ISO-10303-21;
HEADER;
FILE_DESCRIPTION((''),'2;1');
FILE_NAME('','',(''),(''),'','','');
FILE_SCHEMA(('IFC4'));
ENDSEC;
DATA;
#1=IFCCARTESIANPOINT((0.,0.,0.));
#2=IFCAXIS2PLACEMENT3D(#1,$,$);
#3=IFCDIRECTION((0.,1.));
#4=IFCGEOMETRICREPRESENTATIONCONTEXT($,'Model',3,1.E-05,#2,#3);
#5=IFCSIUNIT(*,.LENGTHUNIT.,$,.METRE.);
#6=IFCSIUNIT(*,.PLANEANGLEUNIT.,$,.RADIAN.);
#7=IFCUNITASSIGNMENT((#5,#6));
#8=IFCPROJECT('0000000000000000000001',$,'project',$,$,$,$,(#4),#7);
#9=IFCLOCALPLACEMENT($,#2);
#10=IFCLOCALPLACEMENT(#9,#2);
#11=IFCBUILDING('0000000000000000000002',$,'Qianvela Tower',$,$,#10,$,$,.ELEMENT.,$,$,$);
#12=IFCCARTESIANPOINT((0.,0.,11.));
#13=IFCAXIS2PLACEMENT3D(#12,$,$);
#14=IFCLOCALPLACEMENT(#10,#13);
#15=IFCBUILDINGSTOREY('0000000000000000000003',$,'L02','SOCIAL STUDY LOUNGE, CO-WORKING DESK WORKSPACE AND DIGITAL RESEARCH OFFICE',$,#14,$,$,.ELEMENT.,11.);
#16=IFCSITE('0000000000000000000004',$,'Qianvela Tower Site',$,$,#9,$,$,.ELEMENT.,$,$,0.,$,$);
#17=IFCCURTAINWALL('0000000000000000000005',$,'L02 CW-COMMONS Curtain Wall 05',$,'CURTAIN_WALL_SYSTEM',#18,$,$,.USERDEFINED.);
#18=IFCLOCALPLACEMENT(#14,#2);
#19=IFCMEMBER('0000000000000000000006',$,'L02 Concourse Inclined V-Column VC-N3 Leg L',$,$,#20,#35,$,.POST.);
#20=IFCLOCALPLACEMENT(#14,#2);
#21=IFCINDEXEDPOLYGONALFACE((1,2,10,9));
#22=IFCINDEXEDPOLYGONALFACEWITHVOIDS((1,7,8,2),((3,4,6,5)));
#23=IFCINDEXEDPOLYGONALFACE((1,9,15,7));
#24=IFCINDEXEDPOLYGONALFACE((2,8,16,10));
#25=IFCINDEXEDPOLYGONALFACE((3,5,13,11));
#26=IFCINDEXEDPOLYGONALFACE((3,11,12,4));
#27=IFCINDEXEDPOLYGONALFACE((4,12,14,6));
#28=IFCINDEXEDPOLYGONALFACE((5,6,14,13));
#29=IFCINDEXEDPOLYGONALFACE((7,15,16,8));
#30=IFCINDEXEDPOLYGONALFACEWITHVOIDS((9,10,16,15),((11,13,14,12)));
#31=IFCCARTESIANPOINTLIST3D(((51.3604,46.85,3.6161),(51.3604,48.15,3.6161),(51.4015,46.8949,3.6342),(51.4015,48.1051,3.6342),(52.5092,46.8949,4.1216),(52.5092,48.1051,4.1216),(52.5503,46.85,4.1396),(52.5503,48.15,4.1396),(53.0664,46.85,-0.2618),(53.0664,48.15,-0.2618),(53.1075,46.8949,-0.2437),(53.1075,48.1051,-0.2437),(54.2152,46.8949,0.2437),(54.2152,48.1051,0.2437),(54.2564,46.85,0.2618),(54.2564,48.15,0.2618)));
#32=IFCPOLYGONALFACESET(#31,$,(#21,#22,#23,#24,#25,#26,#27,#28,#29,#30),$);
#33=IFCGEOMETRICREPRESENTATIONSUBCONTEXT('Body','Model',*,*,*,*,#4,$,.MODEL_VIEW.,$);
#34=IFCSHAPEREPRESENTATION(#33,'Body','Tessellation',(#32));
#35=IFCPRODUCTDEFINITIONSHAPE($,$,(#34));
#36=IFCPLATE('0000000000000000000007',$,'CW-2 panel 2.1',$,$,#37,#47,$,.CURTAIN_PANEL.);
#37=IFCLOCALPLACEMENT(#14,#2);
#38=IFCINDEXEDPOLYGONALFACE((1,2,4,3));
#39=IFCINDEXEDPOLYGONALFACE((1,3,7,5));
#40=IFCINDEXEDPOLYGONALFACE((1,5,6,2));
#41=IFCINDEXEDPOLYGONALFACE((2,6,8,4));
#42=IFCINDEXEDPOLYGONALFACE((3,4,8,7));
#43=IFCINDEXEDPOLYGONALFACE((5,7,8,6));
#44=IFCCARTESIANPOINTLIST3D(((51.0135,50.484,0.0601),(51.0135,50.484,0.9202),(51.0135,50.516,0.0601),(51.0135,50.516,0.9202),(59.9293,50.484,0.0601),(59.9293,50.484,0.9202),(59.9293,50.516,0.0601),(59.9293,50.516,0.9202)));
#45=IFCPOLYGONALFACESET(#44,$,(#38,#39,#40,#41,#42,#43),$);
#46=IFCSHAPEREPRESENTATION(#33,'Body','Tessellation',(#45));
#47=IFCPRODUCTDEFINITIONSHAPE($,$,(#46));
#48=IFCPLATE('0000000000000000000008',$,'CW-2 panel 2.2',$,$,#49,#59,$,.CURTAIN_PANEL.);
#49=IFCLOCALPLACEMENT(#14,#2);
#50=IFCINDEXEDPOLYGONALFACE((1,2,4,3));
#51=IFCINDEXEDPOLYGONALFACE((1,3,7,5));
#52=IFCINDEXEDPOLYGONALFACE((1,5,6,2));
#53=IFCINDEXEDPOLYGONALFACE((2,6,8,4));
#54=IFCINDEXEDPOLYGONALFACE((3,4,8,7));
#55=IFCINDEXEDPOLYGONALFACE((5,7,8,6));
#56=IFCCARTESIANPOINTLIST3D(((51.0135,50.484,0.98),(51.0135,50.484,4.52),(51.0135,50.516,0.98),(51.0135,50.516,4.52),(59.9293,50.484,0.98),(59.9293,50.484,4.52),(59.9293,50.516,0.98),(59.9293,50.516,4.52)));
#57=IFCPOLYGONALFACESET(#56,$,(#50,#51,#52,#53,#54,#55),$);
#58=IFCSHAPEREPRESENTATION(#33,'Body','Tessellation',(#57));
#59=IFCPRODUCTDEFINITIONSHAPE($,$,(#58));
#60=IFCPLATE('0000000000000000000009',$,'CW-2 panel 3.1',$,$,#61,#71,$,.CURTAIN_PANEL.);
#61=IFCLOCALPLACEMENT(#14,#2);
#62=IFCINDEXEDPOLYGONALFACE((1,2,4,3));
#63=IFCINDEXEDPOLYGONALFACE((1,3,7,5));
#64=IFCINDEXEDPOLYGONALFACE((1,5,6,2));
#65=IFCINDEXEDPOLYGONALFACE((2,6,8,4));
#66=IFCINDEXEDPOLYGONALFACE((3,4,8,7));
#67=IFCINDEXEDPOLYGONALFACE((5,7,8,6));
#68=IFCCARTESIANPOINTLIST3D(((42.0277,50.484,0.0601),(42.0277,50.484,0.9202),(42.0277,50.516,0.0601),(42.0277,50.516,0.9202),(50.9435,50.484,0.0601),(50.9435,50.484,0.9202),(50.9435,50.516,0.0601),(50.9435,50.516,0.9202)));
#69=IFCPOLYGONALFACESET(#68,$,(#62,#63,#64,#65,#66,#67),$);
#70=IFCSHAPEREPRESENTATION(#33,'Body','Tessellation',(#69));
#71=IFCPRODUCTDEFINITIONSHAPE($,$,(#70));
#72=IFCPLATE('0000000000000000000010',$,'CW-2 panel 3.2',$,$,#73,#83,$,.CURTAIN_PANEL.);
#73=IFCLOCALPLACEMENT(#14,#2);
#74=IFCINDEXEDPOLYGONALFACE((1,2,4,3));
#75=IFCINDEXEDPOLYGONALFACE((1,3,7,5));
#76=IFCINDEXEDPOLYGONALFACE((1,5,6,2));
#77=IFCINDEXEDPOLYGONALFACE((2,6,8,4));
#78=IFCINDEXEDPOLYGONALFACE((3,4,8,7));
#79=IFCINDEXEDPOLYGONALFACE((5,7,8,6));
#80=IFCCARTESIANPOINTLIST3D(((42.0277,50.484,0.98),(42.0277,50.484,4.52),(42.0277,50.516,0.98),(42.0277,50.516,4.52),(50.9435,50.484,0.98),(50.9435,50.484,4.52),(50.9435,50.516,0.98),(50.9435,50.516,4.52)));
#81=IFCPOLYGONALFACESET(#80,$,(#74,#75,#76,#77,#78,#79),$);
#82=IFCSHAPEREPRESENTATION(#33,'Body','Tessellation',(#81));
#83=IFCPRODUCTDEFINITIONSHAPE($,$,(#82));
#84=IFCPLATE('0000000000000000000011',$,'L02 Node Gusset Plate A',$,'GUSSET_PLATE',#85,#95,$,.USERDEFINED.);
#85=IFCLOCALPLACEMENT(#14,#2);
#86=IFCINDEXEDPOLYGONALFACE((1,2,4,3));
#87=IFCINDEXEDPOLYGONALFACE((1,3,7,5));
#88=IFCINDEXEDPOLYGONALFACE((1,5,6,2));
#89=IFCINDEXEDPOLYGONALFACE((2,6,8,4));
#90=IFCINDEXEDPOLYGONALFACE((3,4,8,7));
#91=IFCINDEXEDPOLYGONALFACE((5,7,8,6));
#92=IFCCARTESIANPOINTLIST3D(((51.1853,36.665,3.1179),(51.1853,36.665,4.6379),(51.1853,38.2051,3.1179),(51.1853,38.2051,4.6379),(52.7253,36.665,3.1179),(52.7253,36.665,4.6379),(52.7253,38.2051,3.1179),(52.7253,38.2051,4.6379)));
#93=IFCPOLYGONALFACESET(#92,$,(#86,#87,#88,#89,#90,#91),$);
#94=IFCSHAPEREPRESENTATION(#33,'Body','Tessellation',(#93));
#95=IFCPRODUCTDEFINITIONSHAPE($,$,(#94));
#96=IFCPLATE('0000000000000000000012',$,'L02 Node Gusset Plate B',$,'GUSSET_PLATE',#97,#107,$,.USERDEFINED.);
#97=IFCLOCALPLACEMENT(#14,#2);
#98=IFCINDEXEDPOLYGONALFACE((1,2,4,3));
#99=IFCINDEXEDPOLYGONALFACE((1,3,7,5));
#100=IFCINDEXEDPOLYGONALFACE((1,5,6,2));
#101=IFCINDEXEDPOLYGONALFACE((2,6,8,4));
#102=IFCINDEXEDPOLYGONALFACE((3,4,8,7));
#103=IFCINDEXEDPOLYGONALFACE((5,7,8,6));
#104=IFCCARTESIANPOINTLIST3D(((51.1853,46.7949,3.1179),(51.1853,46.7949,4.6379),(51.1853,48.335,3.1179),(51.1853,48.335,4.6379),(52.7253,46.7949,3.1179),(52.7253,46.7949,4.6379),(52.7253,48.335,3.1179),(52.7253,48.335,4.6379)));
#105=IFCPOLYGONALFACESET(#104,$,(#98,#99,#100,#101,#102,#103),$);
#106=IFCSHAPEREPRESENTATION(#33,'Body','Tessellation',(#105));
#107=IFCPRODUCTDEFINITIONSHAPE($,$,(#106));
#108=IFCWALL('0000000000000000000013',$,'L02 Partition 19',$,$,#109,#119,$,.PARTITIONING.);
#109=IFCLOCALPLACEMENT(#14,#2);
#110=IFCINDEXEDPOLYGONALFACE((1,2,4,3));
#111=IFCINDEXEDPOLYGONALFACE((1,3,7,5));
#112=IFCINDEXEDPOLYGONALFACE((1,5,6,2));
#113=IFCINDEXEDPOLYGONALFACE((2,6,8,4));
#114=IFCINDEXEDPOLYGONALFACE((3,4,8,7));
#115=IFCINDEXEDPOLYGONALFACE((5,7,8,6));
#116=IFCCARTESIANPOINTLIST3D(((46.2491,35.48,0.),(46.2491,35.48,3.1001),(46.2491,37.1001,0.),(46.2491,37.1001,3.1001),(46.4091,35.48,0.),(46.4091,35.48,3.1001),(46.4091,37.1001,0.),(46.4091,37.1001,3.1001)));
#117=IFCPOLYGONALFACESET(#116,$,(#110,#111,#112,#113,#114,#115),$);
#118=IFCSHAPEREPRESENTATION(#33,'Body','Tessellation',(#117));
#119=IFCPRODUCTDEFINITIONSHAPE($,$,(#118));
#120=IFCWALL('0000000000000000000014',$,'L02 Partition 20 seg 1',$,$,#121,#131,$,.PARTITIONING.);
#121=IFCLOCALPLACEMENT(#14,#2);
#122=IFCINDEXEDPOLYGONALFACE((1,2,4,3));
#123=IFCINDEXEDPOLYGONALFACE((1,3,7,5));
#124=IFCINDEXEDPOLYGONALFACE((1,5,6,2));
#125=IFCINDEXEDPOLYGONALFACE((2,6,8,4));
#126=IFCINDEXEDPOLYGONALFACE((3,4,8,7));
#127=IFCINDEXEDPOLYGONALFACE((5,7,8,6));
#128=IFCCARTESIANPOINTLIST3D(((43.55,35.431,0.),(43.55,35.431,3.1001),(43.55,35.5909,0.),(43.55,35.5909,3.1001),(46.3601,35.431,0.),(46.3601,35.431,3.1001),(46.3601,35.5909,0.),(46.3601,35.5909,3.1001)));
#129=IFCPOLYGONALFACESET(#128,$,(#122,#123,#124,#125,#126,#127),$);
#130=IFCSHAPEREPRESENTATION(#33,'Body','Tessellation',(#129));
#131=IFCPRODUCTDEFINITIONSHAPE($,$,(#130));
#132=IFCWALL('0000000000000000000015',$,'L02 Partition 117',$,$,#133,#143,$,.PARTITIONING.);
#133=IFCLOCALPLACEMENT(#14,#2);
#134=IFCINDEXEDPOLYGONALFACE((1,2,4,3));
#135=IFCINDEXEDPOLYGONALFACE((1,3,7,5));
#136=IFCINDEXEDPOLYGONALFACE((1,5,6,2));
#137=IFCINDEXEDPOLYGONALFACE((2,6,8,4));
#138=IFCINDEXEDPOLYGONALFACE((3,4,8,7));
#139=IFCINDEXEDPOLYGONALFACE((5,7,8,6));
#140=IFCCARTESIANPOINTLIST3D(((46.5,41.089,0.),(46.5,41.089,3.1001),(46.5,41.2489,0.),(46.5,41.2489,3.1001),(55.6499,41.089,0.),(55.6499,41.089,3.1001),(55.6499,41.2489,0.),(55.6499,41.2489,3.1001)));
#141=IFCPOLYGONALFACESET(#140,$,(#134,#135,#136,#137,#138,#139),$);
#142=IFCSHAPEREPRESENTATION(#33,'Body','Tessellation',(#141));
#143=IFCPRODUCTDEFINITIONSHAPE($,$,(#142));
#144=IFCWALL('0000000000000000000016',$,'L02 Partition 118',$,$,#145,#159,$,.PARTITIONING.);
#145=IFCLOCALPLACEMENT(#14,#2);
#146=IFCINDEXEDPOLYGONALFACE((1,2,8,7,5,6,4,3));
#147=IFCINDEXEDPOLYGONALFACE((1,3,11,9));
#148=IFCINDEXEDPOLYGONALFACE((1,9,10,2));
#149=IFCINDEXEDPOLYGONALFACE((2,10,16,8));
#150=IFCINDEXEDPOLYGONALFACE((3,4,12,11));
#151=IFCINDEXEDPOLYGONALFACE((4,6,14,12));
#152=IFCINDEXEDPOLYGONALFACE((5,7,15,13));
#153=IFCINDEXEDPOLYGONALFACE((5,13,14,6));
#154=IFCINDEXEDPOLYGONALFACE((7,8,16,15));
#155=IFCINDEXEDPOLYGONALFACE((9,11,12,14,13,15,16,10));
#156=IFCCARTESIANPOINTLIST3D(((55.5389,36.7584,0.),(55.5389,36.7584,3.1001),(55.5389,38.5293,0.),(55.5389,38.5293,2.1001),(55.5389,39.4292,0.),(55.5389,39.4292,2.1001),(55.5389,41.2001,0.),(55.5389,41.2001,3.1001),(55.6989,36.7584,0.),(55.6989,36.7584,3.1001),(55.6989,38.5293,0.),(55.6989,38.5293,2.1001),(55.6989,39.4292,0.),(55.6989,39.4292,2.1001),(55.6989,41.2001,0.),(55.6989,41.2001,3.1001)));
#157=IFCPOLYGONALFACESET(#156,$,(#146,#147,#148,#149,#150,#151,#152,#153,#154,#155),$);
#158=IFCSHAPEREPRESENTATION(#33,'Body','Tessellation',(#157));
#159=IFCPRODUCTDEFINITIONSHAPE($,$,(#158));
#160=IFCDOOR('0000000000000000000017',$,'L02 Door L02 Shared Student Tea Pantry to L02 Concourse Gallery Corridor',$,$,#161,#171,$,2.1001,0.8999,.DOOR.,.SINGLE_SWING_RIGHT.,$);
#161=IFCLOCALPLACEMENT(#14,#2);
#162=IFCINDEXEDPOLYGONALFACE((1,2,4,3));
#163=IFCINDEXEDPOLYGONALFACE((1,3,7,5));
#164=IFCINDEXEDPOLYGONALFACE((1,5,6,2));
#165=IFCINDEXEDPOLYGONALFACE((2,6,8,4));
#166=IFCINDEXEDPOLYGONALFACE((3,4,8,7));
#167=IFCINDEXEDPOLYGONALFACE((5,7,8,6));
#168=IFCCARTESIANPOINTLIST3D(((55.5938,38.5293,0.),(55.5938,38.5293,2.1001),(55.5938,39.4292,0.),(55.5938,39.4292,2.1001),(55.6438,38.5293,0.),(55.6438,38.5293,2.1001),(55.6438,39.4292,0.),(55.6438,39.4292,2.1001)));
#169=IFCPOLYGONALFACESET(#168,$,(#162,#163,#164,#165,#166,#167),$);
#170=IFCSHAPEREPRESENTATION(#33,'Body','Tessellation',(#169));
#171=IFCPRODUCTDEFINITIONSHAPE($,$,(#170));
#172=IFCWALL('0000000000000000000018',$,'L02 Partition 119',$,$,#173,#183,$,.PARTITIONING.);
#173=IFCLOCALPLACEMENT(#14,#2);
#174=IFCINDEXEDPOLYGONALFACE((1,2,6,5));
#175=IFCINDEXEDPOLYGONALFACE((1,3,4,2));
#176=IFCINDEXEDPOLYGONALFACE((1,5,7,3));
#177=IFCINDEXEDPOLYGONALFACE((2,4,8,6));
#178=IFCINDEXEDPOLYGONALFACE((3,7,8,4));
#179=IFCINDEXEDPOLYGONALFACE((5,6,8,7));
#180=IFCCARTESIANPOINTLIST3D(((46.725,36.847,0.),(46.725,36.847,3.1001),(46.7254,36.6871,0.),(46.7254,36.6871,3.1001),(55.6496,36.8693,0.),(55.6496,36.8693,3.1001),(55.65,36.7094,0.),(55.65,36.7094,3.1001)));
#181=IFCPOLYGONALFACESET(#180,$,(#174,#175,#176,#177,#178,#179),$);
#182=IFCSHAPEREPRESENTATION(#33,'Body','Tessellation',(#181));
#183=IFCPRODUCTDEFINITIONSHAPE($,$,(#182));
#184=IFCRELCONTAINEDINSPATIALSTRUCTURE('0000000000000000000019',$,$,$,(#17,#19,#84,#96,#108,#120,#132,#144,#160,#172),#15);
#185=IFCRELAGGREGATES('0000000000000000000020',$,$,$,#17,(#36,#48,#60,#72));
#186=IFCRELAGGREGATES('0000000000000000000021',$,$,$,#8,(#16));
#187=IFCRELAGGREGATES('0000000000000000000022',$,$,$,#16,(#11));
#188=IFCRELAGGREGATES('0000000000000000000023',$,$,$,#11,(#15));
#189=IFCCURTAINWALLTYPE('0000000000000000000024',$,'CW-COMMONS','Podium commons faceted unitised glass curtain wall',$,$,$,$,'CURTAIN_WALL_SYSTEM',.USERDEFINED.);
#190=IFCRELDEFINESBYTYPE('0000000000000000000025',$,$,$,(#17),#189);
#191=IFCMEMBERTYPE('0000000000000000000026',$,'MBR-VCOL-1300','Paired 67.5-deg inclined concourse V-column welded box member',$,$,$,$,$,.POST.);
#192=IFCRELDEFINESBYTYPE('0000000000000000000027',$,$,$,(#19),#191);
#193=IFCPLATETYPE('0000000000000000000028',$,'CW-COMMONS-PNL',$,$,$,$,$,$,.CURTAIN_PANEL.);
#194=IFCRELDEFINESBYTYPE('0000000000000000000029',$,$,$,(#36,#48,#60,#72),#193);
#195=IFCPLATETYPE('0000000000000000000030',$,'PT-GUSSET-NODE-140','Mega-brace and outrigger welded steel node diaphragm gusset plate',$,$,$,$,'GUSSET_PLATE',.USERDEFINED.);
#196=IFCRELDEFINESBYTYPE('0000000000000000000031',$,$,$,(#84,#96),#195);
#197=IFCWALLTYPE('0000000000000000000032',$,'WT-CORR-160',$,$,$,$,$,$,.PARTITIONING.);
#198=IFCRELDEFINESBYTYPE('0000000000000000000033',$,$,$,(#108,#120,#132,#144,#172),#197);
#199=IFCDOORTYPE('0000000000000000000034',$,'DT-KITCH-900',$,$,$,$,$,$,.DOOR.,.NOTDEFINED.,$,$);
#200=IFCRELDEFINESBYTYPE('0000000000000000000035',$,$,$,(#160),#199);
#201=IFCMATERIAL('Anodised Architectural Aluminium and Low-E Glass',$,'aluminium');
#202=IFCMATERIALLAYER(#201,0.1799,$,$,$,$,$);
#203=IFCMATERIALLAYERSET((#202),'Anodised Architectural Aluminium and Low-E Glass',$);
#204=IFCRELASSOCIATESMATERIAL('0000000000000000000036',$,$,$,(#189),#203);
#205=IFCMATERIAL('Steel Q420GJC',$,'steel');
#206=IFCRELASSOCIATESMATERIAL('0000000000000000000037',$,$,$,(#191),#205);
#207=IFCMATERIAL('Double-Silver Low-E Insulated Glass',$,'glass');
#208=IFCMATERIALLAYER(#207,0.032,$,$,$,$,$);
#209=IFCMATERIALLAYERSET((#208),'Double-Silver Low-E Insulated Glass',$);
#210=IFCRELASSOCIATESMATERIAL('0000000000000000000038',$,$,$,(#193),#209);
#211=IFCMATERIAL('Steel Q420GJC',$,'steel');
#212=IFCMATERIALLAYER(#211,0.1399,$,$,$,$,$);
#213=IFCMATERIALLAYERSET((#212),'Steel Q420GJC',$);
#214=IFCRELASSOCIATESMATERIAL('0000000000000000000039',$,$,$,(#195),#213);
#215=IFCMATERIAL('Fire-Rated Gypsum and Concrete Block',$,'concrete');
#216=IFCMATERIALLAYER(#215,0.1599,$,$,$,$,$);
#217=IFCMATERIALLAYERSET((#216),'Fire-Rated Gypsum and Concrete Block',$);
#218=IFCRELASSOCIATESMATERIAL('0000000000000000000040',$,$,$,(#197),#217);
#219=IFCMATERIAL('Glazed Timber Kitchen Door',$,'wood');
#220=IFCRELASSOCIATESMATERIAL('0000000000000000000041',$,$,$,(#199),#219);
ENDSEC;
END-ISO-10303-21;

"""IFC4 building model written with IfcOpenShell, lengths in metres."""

from ifc_helpers import new_model, si_unit, direction, frame, frame_2d, origin, origin_2d, place, context, subcontext, project, spatial, rectangle, hollow_rectangle, extrude, material, layer, layer_set, material_profile, profile_set, type_object, element, fill, aggregate, save


model = new_model("IFC4")

# Units and contexts
model_context = context("Model", 3, precision=1e-05, world=origin(), true_north=direction((0.0, 1.0)))
body_context = subcontext(model_context, "Body", "Model", "MODEL_VIEW")
ifc_project = project(units=[si_unit("LENGTHUNIT", "METRE"), si_unit("PLANEANGLEUNIT", "RADIAN")], contexts=[model_context])

# Site, building, storey
site_placement = place(None, origin())
site = spatial("IfcSite", under=ifc_project, at=site_placement, Name="Qianvela Tower Site", CompositionType="ELEMENT", RefElevation=0.0)
building_placement = place(site_placement, origin())
building = spatial("IfcBuilding", under=site, at=building_placement, Name="Qianvela Tower", CompositionType="ELEMENT")
storey_placement = place(building_placement, frame((0.0, 0.0, 11.0)))
storey = spatial("IfcBuildingStorey", under=building, at=storey_placement, Name="L02", Description="SOCIAL STUDY LOUNGE, CO-WORKING DESK WORKSPACE AND DIGITAL RESEARCH OFFICE", CompositionType="ELEMENT", Elevation=11.0)

# Curtain wall
ifc_material_1 = material(Name="Anodised Architectural Aluminium and Low-E Glass", Category="aluminium")
ifc_layer_1 = layer(ifc_material_1, 0.1799)
ifc_layer_set_1 = layer_set([ifc_layer_1], Name="Anodised Architectural Aluminium and Low-E Glass")
curtain_wall_type = type_object("IfcCurtainWallType", Name="CW-COMMONS", Description="Podium commons faceted unitised glass curtain wall", ElementType="CURTAIN_WALL_SYSTEM", PredefinedType="USERDEFINED", material=ifc_layer_set_1)
curtain_wall_placement = place(storey_placement, origin())
curtain_wall = element("IfcCurtainWall", 1, at=curtain_wall_placement, inside=storey, type_object=curtain_wall_type, Name="L02 CW-COMMONS Curtain Wall 05", ObjectType="CURTAIN_WALL_SYSTEM", PredefinedType="USERDEFINED")

# Member
ifc_material_2 = material(Name="Steel Q420GJC", Category="steel")
ifc_material_profile_1 = material_profile(ifc_material_2, hollow_rectangle(XDim=1.3, YDim=1.3, WallThickness=0.0449, at=origin_2d()), Name="VBOX-1300x1300x45")
ifc_profile_set_1 = profile_set([ifc_material_profile_1], Name="Steel Q420GJC")
member_type_1 = type_object("IfcMemberType", Name="MBR-VCOL-1300", Description="Paired 67.5-deg inclined concourse V-column welded box member", PredefinedType="POST", material=ifc_profile_set_1)
member_1_placement = place(storey_placement, frame((53.6614, 47.5, 0.0), z_axis=(-0.402692, 0.0, 0.915335), x_axis=(0.0, -1.0, 0.0)))
element("IfcMember", 2, at=member_1_placement, inside=storey, type_object=member_type_1, Name="L02 Concourse Inclined V-Column VC-N3 Leg L", PredefinedType="POST", context=body_context, shape_type="SweptSolid", body=[
    extrude(hollow_rectangle(XDim=1.3, YDim=1.3, WallThickness=0.0449, at=origin_2d()), origin(), (0.0, 0.0, 1.0), 4.2366),
])

# Plates
ifc_material_3 = material(Name="Double-Silver Low-E Insulated Glass", Category="glass")
ifc_layer_2 = layer(ifc_material_3, 0.032)
ifc_layer_set_2 = layer_set([ifc_layer_2], Name="Double-Silver Low-E Insulated Glass")
plate_type_1 = type_object("IfcPlateType", Name="CW-COMMONS-PNL", PredefinedType="CURTAIN_PANEL", material=ifc_layer_set_2)
plate_1_placement = place(storey_placement, frame((55.4714, 50.5, 0.0601), z_axis=(0.0, 0.0, 1.0), x_axis=(-1.0, 0.0, 0.0)))
plate_1 = element("IfcPlate", 3, at=plate_1_placement, type_object=plate_type_1, Name="CW-2 panel 2.1", PredefinedType="CURTAIN_PANEL", context=body_context, shape_type="SweptSolid", body=[
    extrude(rectangle(XDim=8.9158, YDim=0.032, at=origin_2d()), origin(), (0.0, 0.0, 1.0), 0.8601),
])
plate_2_placement = place(storey_placement, frame((55.4714, 50.5, 0.98), z_axis=(0.0, 0.0, 1.0), x_axis=(-1.0, 0.0, 0.0)))
plate_2 = element("IfcPlate", 4, at=plate_2_placement, type_object=plate_type_1, Name="CW-2 panel 2.2", PredefinedType="CURTAIN_PANEL", context=body_context, shape_type="SweptSolid", body=[
    extrude(rectangle(XDim=8.9158, YDim=0.032, at=origin_2d()), origin(), (0.0, 0.0, 1.0), 3.54),
])
plate_3_placement = place(storey_placement, frame((46.4856, 50.5, 0.0601), z_axis=(0.0, 0.0, 1.0), x_axis=(-1.0, 0.0, 0.0)))
plate_3 = element("IfcPlate", 5, at=plate_3_placement, type_object=plate_type_1, Name="CW-2 panel 3.1", PredefinedType="CURTAIN_PANEL", context=body_context, shape_type="SweptSolid", body=[
    extrude(rectangle(XDim=8.9158, YDim=0.032, at=origin_2d()), origin(), (0.0, 0.0, 1.0), 0.8601),
])
plate_4_placement = place(storey_placement, frame((46.4856, 50.5, 0.98), z_axis=(0.0, 0.0, 1.0), x_axis=(-1.0, 0.0, 0.0)))
plate_4 = element("IfcPlate", 6, at=plate_4_placement, type_object=plate_type_1, Name="CW-2 panel 3.2", PredefinedType="CURTAIN_PANEL", context=body_context, shape_type="SweptSolid", body=[
    extrude(rectangle(XDim=8.9158, YDim=0.032, at=origin_2d()), origin(), (0.0, 0.0, 1.0), 3.54),
])
aggregate(curtain_wall, [plate_1, plate_2, plate_3, plate_4])

# Plates
ifc_material_4 = material(Name="Steel Q420GJC", Category="steel")
ifc_layer_3 = layer(ifc_material_4, 0.1399)
ifc_layer_set_3 = layer_set([ifc_layer_3], Name="Steel Q420GJC")
plate_type_2 = type_object("IfcPlateType", Name="PT-GUSSET-NODE-140", Description="Mega-brace and outrigger welded steel node diaphragm gusset plate", ElementType="GUSSET_PLATE", PredefinedType="USERDEFINED", material=ifc_layer_set_3)
for number, where, z_axis, x_axis, name in (
    (7, (51.9553, 37.4351, 3.1179), (0.0, 0.0, 1.0), (1.0, 0.0, 0.0), "L02 Node Gusset Plate A"),
    (8, (51.9553, 47.5649, 3.1179), (0.0, 0.0, 1.0), (1.0, 0.0, 0.0), "L02 Node Gusset Plate B"),
):
    element("IfcPlate", number, at=place(storey_placement, frame(where, z_axis=z_axis, x_axis=x_axis)), inside=storey, type_object=plate_type_2, Name=name, ObjectType="GUSSET_PLATE", PredefinedType="USERDEFINED", context=body_context, shape_type="SweptSolid", body=[
        extrude(rectangle(XDim=1.54, YDim=1.54, at=origin_2d()), origin(), (0.0, 0.0, 1.0), 1.52),
    ])

# Walls
ifc_material_5 = material(Name="Fire-Rated Gypsum and Concrete Block", Category="concrete")
ifc_layer_4 = layer(ifc_material_5, 0.1599)
ifc_layer_set_4 = layer_set([ifc_layer_4], Name="Fire-Rated Gypsum and Concrete Block")
wall_type_1 = type_object("IfcWallType", Name="WT-CORR-160", PredefinedType="PARTITIONING", material=ifc_layer_set_4)
wall_1_placement = place(storey_placement, frame((46.3291, 37.1001, 0.0), z_axis=(0.0, 0.0, 1.0), x_axis=(0.0, -1.0, 0.0)))
element("IfcWall", 9, at=wall_1_placement, inside=storey, type_object=wall_type_1, Name="L02 Partition 19", PredefinedType="PARTITIONING", context=body_context, shape_type="SweptSolid", body=[
    extrude(rectangle(XDim=1.6201, YDim=0.1599, at=frame_2d((0.8101, 0.0))), origin(), (0.0, 0.0, 1.0), 3.1001),
])
wall_2_placement = place(storey_placement, frame((46.3601, 35.511, 0.0), z_axis=(0.0, 0.0, 1.0), x_axis=(-1.0, 0.0, 0.0)))
element("IfcWall", 10, at=wall_2_placement, inside=storey, type_object=wall_type_1, Name="L02 Partition 20 seg 1", PredefinedType="PARTITIONING", context=body_context, shape_type="SweptSolid", body=[
    extrude(rectangle(XDim=2.8101, YDim=0.1599, at=frame_2d((1.405, 0.0))), origin(), (0.0, 0.0, 1.0), 3.1001),
])
wall_3_placement = place(storey_placement, frame((46.5, 41.1689, 0.0), z_axis=(0.0, 0.0, 1.0), x_axis=(1.0, 0.0, 0.0)))
element("IfcWall", 11, at=wall_3_placement, inside=storey, type_object=wall_type_1, Name="L02 Partition 117", PredefinedType="PARTITIONING", context=body_context, shape_type="SweptSolid", body=[
    extrude(rectangle(XDim=9.1499, YDim=0.1599, at=frame_2d((4.575, 0.0))), origin(), (0.0, 0.0, 1.0), 3.1001),
])

# Wall, opening, door
wall_4_placement = place(storey_placement, frame((55.6189, 41.2, 0.0), z_axis=(0.0, 0.0, 1.0), x_axis=(0.0, -1.0, 0.0)))
wall_4 = element("IfcWall", 12, at=wall_4_placement, inside=storey, type_object=wall_type_1, Name="L02 Partition 118", PredefinedType="PARTITIONING", context=body_context, shape_type="SweptSolid", body=[
    extrude(rectangle(XDim=4.4417, YDim=0.1599, at=frame_2d((2.2207, 0.0))), origin(), (0.0, 0.0, 1.0), 3.1001),
])
opening_placement = place(wall_4_placement, frame((1.7708, 0.0, 0.0)))
opening = element("IfcOpeningElement", 13, at=opening_placement, cuts=wall_4, PredefinedType="OPENING", context=body_context, shape_type="SweptSolid", body=[
    extrude(rectangle(XDim=0.8999, YDim=2.1001, at=frame_2d((0.45, 1.05))), frame((0.0, 0.0898, 0.0), z_axis=(0.0, -1.0, 0.0), x_axis=(1.0, 0.0, 0.0)), (0.0, 0.0, 1.0), 0.1799),
])
ifc_material_6 = material(Name="Glazed Timber Kitchen Door", Category="wood")
door_type = type_object("IfcDoorType", Name="DT-KITCH-900", OperationType="NOTDEFINED", PredefinedType="DOOR", material=ifc_material_6)
door_placement = place(opening_placement, origin())
door = element("IfcDoor", 14, at=door_placement, inside=storey, type_object=door_type, Name="L02 Door L02 Shared Student Tea Pantry to L02 Concourse Gallery Corridor", OperationType="SINGLE_SWING_RIGHT", OverallHeight=2.1001, OverallWidth=0.8999, PredefinedType="DOOR", context=body_context, shape_type="SweptSolid", body=[
    extrude(rectangle(XDim=0.8999, YDim=2.1001, at=frame_2d((0.45, 1.05))), frame((0.0, 0.0249, 0.0), z_axis=(0.0, -1.0, 0.0), x_axis=(1.0, 0.0, 0.0)), (0.0, 0.0, 1.0), 0.05),
])
fill(opening, door)

# Wall
wall_5_placement = place(storey_placement, frame((55.6499, 36.7893, 0.0), z_axis=(0.0, 0.0, 1.0), x_axis=(-0.999997, -0.002489, 0.0)))
element("IfcWall", 15, at=wall_5_placement, inside=storey, type_object=wall_type_1, Name="L02 Partition 119", PredefinedType="PARTITIONING", context=body_context, shape_type="SweptSolid", body=[
    extrude(rectangle(XDim=8.9246, YDim=0.1599, at=frame_2d((4.4624, 0.0))), origin(), (0.0, 0.0, 1.0), 3.1001),
])

save(model, "model.ifc")
